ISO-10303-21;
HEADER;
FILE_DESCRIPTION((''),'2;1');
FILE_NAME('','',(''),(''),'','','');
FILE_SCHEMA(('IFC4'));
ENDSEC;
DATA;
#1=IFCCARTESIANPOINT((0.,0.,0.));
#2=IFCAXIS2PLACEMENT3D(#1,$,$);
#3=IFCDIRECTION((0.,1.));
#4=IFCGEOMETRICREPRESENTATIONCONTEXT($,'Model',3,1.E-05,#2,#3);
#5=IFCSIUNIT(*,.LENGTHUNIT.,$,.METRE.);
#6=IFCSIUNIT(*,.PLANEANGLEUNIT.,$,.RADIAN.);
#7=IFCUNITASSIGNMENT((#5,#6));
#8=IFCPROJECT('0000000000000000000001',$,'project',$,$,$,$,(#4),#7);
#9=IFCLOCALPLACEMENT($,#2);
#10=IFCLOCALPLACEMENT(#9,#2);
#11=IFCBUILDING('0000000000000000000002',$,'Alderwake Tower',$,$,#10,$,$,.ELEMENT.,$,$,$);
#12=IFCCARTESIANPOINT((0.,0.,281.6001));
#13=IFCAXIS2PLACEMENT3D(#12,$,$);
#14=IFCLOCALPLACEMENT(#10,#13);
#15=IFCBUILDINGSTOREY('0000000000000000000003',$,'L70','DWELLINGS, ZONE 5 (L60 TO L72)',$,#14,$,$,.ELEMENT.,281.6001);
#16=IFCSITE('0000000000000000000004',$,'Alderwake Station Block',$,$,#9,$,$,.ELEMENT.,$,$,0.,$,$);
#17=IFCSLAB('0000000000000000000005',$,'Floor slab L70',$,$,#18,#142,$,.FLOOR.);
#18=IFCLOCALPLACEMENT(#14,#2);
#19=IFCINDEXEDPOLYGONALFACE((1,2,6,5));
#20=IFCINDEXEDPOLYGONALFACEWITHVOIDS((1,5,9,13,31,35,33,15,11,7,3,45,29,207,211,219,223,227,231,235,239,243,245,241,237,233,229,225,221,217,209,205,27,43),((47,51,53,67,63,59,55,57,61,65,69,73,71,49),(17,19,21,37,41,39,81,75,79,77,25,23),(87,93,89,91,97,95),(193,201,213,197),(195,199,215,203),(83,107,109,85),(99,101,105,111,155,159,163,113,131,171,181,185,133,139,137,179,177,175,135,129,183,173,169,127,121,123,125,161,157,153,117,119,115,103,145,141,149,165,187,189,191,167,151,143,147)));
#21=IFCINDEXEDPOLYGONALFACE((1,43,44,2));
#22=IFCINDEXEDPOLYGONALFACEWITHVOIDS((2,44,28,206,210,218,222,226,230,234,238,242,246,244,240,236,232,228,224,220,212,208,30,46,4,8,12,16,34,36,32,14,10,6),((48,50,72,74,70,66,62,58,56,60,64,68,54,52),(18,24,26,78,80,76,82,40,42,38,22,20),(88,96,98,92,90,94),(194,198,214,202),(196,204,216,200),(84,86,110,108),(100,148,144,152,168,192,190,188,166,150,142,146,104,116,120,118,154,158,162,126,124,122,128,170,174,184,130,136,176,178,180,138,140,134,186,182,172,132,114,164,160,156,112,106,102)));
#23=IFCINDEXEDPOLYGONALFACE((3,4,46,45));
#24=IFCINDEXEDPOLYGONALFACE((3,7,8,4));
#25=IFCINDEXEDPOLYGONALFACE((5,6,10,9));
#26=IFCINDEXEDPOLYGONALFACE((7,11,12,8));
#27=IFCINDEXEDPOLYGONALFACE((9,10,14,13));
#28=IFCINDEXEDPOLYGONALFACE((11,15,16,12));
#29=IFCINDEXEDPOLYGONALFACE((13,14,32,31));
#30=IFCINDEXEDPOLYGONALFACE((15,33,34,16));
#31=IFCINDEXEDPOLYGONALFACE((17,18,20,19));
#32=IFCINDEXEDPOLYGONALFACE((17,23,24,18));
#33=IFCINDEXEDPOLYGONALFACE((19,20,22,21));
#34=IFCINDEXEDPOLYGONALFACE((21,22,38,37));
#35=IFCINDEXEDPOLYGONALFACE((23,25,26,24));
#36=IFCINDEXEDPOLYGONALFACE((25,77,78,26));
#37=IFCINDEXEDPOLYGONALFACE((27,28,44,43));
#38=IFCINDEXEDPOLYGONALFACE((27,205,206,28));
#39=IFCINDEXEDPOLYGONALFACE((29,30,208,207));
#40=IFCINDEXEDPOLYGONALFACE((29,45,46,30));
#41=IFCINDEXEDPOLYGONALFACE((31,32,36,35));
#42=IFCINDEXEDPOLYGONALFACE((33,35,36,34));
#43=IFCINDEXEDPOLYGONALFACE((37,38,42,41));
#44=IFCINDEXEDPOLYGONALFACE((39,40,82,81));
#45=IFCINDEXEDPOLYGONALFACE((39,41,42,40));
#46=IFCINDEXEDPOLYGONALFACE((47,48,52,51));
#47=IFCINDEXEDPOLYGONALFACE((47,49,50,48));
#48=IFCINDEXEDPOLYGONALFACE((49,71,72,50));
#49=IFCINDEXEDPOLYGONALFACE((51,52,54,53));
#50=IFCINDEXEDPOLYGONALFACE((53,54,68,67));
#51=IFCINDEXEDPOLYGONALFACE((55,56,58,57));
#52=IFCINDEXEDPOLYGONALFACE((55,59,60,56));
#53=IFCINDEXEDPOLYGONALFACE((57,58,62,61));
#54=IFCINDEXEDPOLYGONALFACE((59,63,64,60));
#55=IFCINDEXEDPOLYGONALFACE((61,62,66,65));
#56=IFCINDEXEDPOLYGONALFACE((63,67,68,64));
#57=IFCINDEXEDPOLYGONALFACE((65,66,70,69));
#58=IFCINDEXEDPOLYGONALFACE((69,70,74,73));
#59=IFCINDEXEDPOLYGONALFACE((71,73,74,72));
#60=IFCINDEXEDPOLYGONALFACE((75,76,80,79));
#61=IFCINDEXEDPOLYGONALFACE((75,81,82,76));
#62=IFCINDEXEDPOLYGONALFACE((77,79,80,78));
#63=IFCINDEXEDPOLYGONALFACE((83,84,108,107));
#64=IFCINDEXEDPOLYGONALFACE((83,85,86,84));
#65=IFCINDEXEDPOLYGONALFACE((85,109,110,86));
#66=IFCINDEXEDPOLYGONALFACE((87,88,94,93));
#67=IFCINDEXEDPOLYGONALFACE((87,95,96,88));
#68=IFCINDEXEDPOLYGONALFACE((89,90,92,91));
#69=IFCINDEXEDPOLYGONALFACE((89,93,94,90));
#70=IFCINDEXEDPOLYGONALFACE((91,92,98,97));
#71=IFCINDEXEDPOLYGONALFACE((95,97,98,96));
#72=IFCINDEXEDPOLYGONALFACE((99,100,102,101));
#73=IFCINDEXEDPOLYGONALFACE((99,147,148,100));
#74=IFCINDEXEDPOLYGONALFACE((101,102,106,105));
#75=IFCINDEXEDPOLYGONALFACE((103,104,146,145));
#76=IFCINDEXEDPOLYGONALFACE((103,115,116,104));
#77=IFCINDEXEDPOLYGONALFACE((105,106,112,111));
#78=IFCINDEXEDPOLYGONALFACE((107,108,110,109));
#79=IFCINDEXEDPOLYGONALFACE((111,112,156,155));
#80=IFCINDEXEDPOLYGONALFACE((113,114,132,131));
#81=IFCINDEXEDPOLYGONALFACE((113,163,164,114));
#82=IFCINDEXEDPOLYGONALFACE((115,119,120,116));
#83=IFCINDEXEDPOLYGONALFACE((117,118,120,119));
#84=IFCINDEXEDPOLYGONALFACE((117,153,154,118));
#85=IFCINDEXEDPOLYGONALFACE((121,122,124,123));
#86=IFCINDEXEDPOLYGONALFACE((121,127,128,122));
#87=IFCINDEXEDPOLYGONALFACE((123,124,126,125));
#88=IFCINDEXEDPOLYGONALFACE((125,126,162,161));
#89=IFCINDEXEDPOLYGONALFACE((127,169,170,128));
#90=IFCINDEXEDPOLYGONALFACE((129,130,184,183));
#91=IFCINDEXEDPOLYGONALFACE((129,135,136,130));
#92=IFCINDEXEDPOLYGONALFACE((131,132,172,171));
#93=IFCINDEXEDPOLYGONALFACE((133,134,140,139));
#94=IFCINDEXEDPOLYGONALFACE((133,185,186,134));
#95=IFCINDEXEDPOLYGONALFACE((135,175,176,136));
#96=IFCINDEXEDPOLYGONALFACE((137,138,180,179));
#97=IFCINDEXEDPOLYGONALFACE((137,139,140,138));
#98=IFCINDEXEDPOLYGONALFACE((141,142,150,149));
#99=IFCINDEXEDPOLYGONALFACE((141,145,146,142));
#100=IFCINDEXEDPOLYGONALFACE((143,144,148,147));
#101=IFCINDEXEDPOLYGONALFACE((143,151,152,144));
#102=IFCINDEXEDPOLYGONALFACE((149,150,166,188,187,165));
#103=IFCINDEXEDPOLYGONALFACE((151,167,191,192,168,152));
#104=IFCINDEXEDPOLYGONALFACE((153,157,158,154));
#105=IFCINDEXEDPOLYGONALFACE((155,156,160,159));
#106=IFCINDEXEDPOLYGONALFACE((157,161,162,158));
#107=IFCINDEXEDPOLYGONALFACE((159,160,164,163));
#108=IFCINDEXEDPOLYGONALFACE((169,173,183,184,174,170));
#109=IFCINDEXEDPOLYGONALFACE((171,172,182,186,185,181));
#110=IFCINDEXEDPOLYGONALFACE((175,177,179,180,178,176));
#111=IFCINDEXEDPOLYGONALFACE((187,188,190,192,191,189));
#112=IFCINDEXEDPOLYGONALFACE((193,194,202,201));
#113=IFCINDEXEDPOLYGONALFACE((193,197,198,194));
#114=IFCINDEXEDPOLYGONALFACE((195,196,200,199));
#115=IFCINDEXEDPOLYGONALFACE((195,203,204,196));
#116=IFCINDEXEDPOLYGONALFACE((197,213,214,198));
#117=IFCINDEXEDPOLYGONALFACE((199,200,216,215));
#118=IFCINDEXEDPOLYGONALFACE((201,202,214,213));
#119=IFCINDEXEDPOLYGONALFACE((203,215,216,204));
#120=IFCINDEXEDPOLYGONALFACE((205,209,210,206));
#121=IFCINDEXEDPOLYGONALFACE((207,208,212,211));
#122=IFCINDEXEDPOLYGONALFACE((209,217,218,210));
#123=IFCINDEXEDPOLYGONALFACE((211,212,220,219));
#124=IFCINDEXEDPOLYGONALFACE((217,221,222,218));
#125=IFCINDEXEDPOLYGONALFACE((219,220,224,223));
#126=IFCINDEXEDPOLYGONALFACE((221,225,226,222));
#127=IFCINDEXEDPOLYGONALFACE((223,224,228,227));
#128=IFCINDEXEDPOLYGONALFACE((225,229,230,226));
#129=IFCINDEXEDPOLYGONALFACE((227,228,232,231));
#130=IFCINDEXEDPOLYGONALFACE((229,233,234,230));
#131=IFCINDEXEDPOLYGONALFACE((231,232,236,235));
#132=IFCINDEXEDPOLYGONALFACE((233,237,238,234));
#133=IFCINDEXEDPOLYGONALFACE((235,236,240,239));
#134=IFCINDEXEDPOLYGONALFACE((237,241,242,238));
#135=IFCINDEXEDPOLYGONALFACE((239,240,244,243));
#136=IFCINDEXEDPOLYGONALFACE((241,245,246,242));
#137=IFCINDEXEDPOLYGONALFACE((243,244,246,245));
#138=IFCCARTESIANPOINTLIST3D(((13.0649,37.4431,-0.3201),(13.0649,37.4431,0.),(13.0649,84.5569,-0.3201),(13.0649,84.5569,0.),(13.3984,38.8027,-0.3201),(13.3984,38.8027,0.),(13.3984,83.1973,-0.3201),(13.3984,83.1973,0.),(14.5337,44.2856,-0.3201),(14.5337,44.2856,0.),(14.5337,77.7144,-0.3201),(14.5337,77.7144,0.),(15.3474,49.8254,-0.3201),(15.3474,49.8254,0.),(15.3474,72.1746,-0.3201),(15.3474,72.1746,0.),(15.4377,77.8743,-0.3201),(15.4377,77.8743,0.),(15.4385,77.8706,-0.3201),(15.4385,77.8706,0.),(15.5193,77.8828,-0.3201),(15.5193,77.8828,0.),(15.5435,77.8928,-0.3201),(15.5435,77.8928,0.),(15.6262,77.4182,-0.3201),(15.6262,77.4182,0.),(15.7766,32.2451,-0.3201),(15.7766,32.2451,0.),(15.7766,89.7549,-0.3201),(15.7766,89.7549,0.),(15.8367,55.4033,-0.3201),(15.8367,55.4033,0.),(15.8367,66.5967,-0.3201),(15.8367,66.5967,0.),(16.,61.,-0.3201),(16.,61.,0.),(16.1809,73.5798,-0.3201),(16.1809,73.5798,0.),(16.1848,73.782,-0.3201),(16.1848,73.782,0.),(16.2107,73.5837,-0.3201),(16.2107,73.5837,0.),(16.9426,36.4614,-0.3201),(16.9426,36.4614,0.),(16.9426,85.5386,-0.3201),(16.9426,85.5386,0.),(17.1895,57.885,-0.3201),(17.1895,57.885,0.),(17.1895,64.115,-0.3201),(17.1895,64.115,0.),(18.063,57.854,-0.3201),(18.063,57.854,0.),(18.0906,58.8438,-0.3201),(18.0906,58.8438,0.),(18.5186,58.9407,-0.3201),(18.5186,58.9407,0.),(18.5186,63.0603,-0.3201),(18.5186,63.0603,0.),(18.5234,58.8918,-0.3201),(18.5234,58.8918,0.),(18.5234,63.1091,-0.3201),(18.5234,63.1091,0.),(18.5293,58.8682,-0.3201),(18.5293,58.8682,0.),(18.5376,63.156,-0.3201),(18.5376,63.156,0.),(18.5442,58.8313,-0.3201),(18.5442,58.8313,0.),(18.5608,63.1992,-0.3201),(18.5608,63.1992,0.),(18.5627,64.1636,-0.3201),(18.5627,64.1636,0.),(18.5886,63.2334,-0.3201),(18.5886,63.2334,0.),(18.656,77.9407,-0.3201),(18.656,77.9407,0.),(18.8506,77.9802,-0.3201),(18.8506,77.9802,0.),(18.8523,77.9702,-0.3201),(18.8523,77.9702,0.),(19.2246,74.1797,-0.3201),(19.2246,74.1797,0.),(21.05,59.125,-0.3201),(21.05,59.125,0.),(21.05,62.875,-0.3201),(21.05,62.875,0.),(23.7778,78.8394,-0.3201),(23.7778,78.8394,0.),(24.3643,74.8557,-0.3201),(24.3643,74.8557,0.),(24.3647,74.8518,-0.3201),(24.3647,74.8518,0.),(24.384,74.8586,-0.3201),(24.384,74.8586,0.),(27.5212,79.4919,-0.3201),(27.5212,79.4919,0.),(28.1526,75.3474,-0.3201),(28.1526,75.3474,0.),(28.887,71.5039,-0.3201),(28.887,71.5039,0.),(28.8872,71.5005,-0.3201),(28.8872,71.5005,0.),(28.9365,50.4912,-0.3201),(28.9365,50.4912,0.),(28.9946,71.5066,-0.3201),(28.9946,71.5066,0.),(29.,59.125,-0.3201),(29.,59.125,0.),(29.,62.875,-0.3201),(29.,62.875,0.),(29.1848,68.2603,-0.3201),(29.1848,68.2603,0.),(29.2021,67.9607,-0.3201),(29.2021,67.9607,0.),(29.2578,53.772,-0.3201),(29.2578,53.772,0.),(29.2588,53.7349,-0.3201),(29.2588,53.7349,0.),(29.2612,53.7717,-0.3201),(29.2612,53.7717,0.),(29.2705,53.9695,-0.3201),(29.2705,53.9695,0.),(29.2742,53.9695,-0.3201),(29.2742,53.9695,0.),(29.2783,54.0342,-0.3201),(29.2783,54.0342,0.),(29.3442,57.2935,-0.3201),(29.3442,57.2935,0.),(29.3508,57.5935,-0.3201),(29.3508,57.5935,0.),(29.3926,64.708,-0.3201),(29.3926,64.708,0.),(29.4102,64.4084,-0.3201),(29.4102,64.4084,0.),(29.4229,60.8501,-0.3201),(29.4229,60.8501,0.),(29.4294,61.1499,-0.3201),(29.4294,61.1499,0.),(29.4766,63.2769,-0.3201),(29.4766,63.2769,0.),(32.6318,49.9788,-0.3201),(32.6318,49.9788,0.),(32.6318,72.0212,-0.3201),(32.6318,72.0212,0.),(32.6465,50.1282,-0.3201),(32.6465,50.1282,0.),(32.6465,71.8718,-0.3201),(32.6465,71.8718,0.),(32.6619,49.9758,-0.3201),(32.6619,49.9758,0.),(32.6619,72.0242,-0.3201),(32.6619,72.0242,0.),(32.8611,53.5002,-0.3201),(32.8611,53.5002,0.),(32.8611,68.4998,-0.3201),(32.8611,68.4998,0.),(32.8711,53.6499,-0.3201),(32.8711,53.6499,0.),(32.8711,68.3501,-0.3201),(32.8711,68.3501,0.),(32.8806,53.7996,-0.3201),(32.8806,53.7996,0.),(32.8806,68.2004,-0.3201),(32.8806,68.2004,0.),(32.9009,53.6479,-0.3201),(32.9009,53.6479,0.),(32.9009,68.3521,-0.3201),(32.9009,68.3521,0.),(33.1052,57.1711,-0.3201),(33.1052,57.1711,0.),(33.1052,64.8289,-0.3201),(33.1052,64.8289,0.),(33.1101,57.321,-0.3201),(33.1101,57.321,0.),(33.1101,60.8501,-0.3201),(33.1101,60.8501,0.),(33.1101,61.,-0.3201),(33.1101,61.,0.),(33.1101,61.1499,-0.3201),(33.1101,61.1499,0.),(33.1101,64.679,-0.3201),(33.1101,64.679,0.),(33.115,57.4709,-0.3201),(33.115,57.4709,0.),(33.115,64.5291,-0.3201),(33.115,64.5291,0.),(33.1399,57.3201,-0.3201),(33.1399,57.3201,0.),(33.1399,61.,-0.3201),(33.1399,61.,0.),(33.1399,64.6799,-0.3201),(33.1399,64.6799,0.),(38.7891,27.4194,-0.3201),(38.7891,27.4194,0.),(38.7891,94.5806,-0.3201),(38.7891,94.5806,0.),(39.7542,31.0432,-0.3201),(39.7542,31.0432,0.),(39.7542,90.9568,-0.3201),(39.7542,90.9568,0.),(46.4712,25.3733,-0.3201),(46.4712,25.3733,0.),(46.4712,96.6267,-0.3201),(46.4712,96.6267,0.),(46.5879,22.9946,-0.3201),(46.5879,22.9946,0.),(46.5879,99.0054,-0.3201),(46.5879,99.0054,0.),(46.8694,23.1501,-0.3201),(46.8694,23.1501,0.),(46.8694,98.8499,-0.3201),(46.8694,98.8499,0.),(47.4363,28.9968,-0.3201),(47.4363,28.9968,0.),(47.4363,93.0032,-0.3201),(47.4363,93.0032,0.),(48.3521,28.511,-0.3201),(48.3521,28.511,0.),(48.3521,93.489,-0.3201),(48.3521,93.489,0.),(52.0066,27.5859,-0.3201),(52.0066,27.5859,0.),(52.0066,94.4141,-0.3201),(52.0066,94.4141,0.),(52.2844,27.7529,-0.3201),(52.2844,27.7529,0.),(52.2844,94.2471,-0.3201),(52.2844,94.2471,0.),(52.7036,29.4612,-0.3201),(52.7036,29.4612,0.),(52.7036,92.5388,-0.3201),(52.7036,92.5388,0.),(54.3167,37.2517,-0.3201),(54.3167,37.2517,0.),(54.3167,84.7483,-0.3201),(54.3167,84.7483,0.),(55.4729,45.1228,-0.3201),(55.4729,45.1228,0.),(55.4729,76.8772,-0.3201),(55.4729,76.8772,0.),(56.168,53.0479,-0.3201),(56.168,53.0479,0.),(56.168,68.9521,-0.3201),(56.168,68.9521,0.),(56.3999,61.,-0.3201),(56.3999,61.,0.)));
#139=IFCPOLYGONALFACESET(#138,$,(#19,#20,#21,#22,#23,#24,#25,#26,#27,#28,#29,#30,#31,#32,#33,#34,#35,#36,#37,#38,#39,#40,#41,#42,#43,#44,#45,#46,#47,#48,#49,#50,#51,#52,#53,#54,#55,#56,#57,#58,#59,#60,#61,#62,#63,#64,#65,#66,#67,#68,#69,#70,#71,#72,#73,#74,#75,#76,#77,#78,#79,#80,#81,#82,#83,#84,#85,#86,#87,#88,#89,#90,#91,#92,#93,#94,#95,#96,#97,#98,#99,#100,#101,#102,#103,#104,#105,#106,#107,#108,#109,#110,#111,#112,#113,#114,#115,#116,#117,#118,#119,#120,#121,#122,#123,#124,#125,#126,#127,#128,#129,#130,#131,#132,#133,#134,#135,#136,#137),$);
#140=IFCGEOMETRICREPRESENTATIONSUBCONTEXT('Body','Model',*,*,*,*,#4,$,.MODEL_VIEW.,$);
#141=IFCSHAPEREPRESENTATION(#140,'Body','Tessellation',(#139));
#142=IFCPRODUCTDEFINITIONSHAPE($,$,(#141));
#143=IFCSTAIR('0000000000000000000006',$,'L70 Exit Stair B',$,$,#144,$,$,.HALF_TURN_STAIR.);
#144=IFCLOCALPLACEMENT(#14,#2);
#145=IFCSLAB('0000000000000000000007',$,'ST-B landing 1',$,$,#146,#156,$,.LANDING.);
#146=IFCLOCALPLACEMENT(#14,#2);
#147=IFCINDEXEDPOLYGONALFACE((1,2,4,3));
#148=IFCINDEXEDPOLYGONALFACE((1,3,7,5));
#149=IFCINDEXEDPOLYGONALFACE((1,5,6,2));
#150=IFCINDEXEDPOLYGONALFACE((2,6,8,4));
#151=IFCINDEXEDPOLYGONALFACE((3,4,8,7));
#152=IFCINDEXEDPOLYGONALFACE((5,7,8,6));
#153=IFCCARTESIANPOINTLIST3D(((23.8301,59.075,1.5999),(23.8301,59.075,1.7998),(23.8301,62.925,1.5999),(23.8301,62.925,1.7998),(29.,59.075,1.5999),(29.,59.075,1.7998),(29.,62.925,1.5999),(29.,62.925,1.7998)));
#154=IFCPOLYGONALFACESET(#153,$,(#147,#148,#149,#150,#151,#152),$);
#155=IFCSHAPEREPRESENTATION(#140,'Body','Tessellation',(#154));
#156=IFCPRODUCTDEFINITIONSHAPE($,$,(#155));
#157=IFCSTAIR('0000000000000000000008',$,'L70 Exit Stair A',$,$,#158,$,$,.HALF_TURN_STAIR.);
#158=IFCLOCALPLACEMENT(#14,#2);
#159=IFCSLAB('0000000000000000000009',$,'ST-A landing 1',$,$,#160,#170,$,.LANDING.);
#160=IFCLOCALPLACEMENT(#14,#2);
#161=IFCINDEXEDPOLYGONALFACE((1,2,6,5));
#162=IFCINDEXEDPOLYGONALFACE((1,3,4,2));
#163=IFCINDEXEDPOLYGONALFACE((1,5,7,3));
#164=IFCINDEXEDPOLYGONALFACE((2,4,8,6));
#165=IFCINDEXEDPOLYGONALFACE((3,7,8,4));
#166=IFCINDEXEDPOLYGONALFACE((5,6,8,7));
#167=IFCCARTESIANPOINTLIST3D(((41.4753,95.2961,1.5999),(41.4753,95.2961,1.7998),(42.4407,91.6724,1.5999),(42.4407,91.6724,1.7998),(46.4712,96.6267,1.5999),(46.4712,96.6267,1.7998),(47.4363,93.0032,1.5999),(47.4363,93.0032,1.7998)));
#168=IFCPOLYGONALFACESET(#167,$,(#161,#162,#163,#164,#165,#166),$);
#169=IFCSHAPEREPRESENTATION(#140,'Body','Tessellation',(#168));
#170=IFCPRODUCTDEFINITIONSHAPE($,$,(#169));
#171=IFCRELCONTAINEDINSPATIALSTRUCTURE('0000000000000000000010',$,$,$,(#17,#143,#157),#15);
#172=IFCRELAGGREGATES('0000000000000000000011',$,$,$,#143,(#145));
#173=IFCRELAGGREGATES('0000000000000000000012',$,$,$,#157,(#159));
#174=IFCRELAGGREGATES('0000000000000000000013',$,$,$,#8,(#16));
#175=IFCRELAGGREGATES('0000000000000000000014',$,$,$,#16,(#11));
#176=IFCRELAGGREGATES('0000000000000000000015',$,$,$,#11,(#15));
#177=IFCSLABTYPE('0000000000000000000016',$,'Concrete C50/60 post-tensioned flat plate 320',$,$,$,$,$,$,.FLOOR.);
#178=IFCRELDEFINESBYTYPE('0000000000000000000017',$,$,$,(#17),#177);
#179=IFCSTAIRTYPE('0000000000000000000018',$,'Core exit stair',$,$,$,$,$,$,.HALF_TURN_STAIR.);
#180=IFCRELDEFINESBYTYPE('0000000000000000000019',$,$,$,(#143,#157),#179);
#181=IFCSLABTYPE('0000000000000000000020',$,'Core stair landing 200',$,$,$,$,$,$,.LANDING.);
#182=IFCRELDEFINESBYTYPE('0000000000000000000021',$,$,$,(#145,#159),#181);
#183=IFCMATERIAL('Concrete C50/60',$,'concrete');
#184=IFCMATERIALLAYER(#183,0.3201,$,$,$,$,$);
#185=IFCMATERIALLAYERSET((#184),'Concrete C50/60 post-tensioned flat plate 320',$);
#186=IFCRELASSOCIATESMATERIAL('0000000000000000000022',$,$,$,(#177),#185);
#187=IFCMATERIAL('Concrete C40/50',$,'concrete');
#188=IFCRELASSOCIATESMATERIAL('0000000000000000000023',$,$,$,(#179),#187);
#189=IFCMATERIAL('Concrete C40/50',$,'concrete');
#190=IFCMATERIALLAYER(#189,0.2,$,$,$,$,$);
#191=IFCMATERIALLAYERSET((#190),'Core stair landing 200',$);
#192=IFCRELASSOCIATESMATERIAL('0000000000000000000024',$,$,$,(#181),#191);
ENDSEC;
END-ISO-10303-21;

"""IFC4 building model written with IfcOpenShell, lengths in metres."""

from ifc_helpers import new_model, si_unit, direction, frame, origin, place, context, subcontext, project, spatial, polyline, outline, extrude, material, layer, layer_set, type_object, element, aggregate, save


model = new_model("IFC4")

# Units and contexts
model_context = context("Model", 3, precision=1e-05, world=origin(), true_north=direction((0.0, 1.0)))
body_context = subcontext(model_context, "Body", "Model", "MODEL_VIEW")
ifc_project = project(units=[si_unit("LENGTHUNIT", "METRE"), si_unit("PLANEANGLEUNIT", "RADIAN")], contexts=[model_context])

# Site, building, storey
site_placement = place(None, origin())
site = spatial("IfcSite", under=ifc_project, at=site_placement, Name="Alderwake Station Block", CompositionType="ELEMENT", RefElevation=0.0)
building_placement = place(site_placement, origin())
building = spatial("IfcBuilding", under=site, at=building_placement, Name="Alderwake Tower", CompositionType="ELEMENT")
storey_placement = place(building_placement, frame((0.0, 0.0, 281.6001)))
storey = spatial("IfcBuildingStorey", under=building, at=storey_placement, Name="L70", Description="DWELLINGS, ZONE 5 (L60 TO L72)", CompositionType="ELEMENT", Elevation=281.6001)

# Slab
ifc_material_1 = material(Name="Concrete C50/60", Category="concrete")
ifc_layer_1 = layer(ifc_material_1, 0.3201)
ifc_layer_set_1 = layer_set([ifc_layer_1], Name="Concrete C50/60 post-tensioned flat plate 320")
slab_type_1 = type_object("IfcSlabType", Name="Concrete C50/60 post-tensioned flat plate 320", PredefinedType="FLOOR", material=ifc_layer_set_1)
slab_1_placement = place(storey_placement, frame((0.0, 0.0, -0.3201)))
element("IfcSlab", 1, at=slab_1_placement, inside=storey, type_object=slab_type_1, Name="Floor slab L70", PredefinedType="FLOOR", context=body_context, shape_type="SweptSolid", body=[
    extrude(outline(polyline([(13.0649, 37.4431), (13.3984, 38.8027), (14.5337, 44.2856), (15.3474, 49.8254), (15.8367, 55.4033), (16.0, 61.0), (15.8367, 66.5967), (15.3474, 72.1746), (14.5337, 77.7144), (13.3984, 83.1973), (13.0649, 84.5569), (16.9426, 85.5386), (15.7766, 89.7549), (46.5879, 99.0054), (46.8694, 98.8499), (48.3521, 93.489), (52.0066, 94.4141), (52.2844, 94.2471), (52.7036, 92.5388), (54.3167, 84.7483), (55.4729, 76.8772), (56.168, 68.9521), (56.3999, 61.0), (56.168, 53.0479), (55.4729, 45.1228), (54.3167, 37.2517), (52.7036, 29.4612), (52.2844, 27.7529), (52.0066, 27.5859), (48.3521, 28.511), (46.8694, 23.1501), (46.5879, 22.9946), (15.7766, 32.2451), (16.9426, 36.4614), (13.0649, 37.4431)]), holes=[polyline([(29.2578, 53.772), (28.9365, 50.4912), (32.6465, 50.1282), (32.6318, 49.9788), (32.6619, 49.9758), (32.9009, 53.6479), (33.1399, 57.3201), (33.1399, 61.0), (33.1399, 64.6799), (32.9009, 68.3521), (32.6619, 72.0242), (32.6318, 72.0212), (32.6465, 71.8718), (28.887, 71.5039), (28.8872, 71.5005), (28.9946, 71.5066), (29.1848, 68.2603), (32.8611, 68.4998), (32.8711, 68.3501), (32.8806, 68.2004), (29.2021, 67.9607), (29.3926, 64.708), (33.1052, 64.8289), (33.1101, 64.679), (33.115, 64.5291), (29.4102, 64.4084), (29.4766, 63.2769), (29.4294, 61.1499), (33.1101, 61.1499), (33.1101, 61.0), (33.1101, 60.8501), (29.4229, 60.8501), (29.3508, 57.5935), (33.115, 57.4709), (33.1101, 57.321), (33.1052, 57.1711), (29.3442, 57.2935), (29.2705, 53.9695), (29.2742, 53.9695), (29.2783, 54.0342), (32.8806, 53.7996), (32.8711, 53.6499), (32.8611, 53.5002), (29.2588, 53.7349), (29.2612, 53.7717), (29.2578, 53.772)]), polyline([(21.05, 62.875), (21.05, 59.125), (29.0, 59.125), (29.0, 62.875), (21.05, 62.875)]), polyline([(15.5435, 77.8928), (15.4377, 77.8743), (15.4385, 77.8706), (15.5193, 77.8828), (16.1809, 73.5798), (16.2107, 73.5837), (16.1848, 73.782), (19.2246, 74.1797), (18.656, 77.9407), (18.8523, 77.9702), (18.8506, 77.9802), (15.6262, 77.4182), (15.5435, 77.8928)]), polyline([(27.5212, 79.4919), (23.7778, 78.8394), (24.384, 74.8586), (24.3643, 74.8557), (24.3647, 74.8518), (28.1526, 75.3474), (27.5212, 79.4919)]), polyline([(47.4363, 28.9968), (39.7542, 31.0432), (38.7891, 27.4194), (46.4712, 25.3733), (47.4363, 28.9968)]), polyline([(46.4712, 96.6267), (38.7891, 94.5806), (39.7542, 90.9568), (47.4363, 93.0032), (46.4712, 96.6267)]), polyline([(17.1895, 64.115), (17.1895, 57.885), (18.063, 57.854), (18.0906, 58.8438), (18.5442, 58.8313), (18.5293, 58.8682), (18.5234, 58.8918), (18.5186, 58.9407), (18.5186, 63.0603), (18.5234, 63.1091), (18.5376, 63.156), (18.5608, 63.1992), (18.5886, 63.2334), (18.5627, 64.1636), (17.1895, 64.115)])]), origin(), (0.0, 0.0, 1.0), 0.3201),
])

# Stairs, slabs
ifc_material_2 = material(Name="Concrete C40/50", Category="concrete")
stair_type = type_object("IfcStairType", Name="Core exit stair", PredefinedType="HALF_TURN_STAIR", material=ifc_material_2)
stair_1_placement = place(storey_placement, origin())
stair_1 = element("IfcStair", 2, at=stair_1_placement, inside=storey, type_object=stair_type, Name="L70 Exit Stair B", PredefinedType="HALF_TURN_STAIR")
ifc_material_3 = material(Name="Concrete C40/50", Category="concrete")
ifc_layer_2 = layer(ifc_material_3, 0.2)
ifc_layer_set_2 = layer_set([ifc_layer_2], Name="Core stair landing 200")
slab_type_2 = type_object("IfcSlabType", Name="Core stair landing 200", PredefinedType="LANDING", material=ifc_layer_set_2)
slab_2_placement = place(storey_placement, frame((0.0, 0.0, 1.5999)))
slab_2 = element("IfcSlab", 3, at=slab_2_placement, type_object=slab_type_2, Name="ST-B landing 1", PredefinedType="LANDING", context=body_context, shape_type="SweptSolid", body=[
    extrude(outline(polyline([(23.8301, 59.075), (29.0, 59.075), (29.0, 62.925), (23.8301, 62.925), (23.8301, 59.075)])), origin(), (0.0, 0.0, 1.0), 0.2),
])
aggregate(stair_1, [slab_2])
stair_2_placement = place(storey_placement, origin())
stair_2 = element("IfcStair", 4, at=stair_2_placement, inside=storey, type_object=stair_type, Name="L70 Exit Stair A", PredefinedType="HALF_TURN_STAIR")
slab_3_placement = place(storey_placement, frame((0.0, 0.0, 1.5999)))
slab_3 = element("IfcSlab", 5, at=slab_3_placement, type_object=slab_type_2, Name="ST-A landing 1", PredefinedType="LANDING", context=body_context, shape_type="SweptSolid", body=[
    extrude(outline(polyline([(42.4407, 91.6724), (47.4363, 93.0032), (46.4712, 96.6267), (41.4753, 95.2961), (42.4407, 91.6724)])), origin(), (0.0, 0.0, 1.0), 0.2),
])
aggregate(stair_2, [slab_3])

save(model, "model.ifc")
